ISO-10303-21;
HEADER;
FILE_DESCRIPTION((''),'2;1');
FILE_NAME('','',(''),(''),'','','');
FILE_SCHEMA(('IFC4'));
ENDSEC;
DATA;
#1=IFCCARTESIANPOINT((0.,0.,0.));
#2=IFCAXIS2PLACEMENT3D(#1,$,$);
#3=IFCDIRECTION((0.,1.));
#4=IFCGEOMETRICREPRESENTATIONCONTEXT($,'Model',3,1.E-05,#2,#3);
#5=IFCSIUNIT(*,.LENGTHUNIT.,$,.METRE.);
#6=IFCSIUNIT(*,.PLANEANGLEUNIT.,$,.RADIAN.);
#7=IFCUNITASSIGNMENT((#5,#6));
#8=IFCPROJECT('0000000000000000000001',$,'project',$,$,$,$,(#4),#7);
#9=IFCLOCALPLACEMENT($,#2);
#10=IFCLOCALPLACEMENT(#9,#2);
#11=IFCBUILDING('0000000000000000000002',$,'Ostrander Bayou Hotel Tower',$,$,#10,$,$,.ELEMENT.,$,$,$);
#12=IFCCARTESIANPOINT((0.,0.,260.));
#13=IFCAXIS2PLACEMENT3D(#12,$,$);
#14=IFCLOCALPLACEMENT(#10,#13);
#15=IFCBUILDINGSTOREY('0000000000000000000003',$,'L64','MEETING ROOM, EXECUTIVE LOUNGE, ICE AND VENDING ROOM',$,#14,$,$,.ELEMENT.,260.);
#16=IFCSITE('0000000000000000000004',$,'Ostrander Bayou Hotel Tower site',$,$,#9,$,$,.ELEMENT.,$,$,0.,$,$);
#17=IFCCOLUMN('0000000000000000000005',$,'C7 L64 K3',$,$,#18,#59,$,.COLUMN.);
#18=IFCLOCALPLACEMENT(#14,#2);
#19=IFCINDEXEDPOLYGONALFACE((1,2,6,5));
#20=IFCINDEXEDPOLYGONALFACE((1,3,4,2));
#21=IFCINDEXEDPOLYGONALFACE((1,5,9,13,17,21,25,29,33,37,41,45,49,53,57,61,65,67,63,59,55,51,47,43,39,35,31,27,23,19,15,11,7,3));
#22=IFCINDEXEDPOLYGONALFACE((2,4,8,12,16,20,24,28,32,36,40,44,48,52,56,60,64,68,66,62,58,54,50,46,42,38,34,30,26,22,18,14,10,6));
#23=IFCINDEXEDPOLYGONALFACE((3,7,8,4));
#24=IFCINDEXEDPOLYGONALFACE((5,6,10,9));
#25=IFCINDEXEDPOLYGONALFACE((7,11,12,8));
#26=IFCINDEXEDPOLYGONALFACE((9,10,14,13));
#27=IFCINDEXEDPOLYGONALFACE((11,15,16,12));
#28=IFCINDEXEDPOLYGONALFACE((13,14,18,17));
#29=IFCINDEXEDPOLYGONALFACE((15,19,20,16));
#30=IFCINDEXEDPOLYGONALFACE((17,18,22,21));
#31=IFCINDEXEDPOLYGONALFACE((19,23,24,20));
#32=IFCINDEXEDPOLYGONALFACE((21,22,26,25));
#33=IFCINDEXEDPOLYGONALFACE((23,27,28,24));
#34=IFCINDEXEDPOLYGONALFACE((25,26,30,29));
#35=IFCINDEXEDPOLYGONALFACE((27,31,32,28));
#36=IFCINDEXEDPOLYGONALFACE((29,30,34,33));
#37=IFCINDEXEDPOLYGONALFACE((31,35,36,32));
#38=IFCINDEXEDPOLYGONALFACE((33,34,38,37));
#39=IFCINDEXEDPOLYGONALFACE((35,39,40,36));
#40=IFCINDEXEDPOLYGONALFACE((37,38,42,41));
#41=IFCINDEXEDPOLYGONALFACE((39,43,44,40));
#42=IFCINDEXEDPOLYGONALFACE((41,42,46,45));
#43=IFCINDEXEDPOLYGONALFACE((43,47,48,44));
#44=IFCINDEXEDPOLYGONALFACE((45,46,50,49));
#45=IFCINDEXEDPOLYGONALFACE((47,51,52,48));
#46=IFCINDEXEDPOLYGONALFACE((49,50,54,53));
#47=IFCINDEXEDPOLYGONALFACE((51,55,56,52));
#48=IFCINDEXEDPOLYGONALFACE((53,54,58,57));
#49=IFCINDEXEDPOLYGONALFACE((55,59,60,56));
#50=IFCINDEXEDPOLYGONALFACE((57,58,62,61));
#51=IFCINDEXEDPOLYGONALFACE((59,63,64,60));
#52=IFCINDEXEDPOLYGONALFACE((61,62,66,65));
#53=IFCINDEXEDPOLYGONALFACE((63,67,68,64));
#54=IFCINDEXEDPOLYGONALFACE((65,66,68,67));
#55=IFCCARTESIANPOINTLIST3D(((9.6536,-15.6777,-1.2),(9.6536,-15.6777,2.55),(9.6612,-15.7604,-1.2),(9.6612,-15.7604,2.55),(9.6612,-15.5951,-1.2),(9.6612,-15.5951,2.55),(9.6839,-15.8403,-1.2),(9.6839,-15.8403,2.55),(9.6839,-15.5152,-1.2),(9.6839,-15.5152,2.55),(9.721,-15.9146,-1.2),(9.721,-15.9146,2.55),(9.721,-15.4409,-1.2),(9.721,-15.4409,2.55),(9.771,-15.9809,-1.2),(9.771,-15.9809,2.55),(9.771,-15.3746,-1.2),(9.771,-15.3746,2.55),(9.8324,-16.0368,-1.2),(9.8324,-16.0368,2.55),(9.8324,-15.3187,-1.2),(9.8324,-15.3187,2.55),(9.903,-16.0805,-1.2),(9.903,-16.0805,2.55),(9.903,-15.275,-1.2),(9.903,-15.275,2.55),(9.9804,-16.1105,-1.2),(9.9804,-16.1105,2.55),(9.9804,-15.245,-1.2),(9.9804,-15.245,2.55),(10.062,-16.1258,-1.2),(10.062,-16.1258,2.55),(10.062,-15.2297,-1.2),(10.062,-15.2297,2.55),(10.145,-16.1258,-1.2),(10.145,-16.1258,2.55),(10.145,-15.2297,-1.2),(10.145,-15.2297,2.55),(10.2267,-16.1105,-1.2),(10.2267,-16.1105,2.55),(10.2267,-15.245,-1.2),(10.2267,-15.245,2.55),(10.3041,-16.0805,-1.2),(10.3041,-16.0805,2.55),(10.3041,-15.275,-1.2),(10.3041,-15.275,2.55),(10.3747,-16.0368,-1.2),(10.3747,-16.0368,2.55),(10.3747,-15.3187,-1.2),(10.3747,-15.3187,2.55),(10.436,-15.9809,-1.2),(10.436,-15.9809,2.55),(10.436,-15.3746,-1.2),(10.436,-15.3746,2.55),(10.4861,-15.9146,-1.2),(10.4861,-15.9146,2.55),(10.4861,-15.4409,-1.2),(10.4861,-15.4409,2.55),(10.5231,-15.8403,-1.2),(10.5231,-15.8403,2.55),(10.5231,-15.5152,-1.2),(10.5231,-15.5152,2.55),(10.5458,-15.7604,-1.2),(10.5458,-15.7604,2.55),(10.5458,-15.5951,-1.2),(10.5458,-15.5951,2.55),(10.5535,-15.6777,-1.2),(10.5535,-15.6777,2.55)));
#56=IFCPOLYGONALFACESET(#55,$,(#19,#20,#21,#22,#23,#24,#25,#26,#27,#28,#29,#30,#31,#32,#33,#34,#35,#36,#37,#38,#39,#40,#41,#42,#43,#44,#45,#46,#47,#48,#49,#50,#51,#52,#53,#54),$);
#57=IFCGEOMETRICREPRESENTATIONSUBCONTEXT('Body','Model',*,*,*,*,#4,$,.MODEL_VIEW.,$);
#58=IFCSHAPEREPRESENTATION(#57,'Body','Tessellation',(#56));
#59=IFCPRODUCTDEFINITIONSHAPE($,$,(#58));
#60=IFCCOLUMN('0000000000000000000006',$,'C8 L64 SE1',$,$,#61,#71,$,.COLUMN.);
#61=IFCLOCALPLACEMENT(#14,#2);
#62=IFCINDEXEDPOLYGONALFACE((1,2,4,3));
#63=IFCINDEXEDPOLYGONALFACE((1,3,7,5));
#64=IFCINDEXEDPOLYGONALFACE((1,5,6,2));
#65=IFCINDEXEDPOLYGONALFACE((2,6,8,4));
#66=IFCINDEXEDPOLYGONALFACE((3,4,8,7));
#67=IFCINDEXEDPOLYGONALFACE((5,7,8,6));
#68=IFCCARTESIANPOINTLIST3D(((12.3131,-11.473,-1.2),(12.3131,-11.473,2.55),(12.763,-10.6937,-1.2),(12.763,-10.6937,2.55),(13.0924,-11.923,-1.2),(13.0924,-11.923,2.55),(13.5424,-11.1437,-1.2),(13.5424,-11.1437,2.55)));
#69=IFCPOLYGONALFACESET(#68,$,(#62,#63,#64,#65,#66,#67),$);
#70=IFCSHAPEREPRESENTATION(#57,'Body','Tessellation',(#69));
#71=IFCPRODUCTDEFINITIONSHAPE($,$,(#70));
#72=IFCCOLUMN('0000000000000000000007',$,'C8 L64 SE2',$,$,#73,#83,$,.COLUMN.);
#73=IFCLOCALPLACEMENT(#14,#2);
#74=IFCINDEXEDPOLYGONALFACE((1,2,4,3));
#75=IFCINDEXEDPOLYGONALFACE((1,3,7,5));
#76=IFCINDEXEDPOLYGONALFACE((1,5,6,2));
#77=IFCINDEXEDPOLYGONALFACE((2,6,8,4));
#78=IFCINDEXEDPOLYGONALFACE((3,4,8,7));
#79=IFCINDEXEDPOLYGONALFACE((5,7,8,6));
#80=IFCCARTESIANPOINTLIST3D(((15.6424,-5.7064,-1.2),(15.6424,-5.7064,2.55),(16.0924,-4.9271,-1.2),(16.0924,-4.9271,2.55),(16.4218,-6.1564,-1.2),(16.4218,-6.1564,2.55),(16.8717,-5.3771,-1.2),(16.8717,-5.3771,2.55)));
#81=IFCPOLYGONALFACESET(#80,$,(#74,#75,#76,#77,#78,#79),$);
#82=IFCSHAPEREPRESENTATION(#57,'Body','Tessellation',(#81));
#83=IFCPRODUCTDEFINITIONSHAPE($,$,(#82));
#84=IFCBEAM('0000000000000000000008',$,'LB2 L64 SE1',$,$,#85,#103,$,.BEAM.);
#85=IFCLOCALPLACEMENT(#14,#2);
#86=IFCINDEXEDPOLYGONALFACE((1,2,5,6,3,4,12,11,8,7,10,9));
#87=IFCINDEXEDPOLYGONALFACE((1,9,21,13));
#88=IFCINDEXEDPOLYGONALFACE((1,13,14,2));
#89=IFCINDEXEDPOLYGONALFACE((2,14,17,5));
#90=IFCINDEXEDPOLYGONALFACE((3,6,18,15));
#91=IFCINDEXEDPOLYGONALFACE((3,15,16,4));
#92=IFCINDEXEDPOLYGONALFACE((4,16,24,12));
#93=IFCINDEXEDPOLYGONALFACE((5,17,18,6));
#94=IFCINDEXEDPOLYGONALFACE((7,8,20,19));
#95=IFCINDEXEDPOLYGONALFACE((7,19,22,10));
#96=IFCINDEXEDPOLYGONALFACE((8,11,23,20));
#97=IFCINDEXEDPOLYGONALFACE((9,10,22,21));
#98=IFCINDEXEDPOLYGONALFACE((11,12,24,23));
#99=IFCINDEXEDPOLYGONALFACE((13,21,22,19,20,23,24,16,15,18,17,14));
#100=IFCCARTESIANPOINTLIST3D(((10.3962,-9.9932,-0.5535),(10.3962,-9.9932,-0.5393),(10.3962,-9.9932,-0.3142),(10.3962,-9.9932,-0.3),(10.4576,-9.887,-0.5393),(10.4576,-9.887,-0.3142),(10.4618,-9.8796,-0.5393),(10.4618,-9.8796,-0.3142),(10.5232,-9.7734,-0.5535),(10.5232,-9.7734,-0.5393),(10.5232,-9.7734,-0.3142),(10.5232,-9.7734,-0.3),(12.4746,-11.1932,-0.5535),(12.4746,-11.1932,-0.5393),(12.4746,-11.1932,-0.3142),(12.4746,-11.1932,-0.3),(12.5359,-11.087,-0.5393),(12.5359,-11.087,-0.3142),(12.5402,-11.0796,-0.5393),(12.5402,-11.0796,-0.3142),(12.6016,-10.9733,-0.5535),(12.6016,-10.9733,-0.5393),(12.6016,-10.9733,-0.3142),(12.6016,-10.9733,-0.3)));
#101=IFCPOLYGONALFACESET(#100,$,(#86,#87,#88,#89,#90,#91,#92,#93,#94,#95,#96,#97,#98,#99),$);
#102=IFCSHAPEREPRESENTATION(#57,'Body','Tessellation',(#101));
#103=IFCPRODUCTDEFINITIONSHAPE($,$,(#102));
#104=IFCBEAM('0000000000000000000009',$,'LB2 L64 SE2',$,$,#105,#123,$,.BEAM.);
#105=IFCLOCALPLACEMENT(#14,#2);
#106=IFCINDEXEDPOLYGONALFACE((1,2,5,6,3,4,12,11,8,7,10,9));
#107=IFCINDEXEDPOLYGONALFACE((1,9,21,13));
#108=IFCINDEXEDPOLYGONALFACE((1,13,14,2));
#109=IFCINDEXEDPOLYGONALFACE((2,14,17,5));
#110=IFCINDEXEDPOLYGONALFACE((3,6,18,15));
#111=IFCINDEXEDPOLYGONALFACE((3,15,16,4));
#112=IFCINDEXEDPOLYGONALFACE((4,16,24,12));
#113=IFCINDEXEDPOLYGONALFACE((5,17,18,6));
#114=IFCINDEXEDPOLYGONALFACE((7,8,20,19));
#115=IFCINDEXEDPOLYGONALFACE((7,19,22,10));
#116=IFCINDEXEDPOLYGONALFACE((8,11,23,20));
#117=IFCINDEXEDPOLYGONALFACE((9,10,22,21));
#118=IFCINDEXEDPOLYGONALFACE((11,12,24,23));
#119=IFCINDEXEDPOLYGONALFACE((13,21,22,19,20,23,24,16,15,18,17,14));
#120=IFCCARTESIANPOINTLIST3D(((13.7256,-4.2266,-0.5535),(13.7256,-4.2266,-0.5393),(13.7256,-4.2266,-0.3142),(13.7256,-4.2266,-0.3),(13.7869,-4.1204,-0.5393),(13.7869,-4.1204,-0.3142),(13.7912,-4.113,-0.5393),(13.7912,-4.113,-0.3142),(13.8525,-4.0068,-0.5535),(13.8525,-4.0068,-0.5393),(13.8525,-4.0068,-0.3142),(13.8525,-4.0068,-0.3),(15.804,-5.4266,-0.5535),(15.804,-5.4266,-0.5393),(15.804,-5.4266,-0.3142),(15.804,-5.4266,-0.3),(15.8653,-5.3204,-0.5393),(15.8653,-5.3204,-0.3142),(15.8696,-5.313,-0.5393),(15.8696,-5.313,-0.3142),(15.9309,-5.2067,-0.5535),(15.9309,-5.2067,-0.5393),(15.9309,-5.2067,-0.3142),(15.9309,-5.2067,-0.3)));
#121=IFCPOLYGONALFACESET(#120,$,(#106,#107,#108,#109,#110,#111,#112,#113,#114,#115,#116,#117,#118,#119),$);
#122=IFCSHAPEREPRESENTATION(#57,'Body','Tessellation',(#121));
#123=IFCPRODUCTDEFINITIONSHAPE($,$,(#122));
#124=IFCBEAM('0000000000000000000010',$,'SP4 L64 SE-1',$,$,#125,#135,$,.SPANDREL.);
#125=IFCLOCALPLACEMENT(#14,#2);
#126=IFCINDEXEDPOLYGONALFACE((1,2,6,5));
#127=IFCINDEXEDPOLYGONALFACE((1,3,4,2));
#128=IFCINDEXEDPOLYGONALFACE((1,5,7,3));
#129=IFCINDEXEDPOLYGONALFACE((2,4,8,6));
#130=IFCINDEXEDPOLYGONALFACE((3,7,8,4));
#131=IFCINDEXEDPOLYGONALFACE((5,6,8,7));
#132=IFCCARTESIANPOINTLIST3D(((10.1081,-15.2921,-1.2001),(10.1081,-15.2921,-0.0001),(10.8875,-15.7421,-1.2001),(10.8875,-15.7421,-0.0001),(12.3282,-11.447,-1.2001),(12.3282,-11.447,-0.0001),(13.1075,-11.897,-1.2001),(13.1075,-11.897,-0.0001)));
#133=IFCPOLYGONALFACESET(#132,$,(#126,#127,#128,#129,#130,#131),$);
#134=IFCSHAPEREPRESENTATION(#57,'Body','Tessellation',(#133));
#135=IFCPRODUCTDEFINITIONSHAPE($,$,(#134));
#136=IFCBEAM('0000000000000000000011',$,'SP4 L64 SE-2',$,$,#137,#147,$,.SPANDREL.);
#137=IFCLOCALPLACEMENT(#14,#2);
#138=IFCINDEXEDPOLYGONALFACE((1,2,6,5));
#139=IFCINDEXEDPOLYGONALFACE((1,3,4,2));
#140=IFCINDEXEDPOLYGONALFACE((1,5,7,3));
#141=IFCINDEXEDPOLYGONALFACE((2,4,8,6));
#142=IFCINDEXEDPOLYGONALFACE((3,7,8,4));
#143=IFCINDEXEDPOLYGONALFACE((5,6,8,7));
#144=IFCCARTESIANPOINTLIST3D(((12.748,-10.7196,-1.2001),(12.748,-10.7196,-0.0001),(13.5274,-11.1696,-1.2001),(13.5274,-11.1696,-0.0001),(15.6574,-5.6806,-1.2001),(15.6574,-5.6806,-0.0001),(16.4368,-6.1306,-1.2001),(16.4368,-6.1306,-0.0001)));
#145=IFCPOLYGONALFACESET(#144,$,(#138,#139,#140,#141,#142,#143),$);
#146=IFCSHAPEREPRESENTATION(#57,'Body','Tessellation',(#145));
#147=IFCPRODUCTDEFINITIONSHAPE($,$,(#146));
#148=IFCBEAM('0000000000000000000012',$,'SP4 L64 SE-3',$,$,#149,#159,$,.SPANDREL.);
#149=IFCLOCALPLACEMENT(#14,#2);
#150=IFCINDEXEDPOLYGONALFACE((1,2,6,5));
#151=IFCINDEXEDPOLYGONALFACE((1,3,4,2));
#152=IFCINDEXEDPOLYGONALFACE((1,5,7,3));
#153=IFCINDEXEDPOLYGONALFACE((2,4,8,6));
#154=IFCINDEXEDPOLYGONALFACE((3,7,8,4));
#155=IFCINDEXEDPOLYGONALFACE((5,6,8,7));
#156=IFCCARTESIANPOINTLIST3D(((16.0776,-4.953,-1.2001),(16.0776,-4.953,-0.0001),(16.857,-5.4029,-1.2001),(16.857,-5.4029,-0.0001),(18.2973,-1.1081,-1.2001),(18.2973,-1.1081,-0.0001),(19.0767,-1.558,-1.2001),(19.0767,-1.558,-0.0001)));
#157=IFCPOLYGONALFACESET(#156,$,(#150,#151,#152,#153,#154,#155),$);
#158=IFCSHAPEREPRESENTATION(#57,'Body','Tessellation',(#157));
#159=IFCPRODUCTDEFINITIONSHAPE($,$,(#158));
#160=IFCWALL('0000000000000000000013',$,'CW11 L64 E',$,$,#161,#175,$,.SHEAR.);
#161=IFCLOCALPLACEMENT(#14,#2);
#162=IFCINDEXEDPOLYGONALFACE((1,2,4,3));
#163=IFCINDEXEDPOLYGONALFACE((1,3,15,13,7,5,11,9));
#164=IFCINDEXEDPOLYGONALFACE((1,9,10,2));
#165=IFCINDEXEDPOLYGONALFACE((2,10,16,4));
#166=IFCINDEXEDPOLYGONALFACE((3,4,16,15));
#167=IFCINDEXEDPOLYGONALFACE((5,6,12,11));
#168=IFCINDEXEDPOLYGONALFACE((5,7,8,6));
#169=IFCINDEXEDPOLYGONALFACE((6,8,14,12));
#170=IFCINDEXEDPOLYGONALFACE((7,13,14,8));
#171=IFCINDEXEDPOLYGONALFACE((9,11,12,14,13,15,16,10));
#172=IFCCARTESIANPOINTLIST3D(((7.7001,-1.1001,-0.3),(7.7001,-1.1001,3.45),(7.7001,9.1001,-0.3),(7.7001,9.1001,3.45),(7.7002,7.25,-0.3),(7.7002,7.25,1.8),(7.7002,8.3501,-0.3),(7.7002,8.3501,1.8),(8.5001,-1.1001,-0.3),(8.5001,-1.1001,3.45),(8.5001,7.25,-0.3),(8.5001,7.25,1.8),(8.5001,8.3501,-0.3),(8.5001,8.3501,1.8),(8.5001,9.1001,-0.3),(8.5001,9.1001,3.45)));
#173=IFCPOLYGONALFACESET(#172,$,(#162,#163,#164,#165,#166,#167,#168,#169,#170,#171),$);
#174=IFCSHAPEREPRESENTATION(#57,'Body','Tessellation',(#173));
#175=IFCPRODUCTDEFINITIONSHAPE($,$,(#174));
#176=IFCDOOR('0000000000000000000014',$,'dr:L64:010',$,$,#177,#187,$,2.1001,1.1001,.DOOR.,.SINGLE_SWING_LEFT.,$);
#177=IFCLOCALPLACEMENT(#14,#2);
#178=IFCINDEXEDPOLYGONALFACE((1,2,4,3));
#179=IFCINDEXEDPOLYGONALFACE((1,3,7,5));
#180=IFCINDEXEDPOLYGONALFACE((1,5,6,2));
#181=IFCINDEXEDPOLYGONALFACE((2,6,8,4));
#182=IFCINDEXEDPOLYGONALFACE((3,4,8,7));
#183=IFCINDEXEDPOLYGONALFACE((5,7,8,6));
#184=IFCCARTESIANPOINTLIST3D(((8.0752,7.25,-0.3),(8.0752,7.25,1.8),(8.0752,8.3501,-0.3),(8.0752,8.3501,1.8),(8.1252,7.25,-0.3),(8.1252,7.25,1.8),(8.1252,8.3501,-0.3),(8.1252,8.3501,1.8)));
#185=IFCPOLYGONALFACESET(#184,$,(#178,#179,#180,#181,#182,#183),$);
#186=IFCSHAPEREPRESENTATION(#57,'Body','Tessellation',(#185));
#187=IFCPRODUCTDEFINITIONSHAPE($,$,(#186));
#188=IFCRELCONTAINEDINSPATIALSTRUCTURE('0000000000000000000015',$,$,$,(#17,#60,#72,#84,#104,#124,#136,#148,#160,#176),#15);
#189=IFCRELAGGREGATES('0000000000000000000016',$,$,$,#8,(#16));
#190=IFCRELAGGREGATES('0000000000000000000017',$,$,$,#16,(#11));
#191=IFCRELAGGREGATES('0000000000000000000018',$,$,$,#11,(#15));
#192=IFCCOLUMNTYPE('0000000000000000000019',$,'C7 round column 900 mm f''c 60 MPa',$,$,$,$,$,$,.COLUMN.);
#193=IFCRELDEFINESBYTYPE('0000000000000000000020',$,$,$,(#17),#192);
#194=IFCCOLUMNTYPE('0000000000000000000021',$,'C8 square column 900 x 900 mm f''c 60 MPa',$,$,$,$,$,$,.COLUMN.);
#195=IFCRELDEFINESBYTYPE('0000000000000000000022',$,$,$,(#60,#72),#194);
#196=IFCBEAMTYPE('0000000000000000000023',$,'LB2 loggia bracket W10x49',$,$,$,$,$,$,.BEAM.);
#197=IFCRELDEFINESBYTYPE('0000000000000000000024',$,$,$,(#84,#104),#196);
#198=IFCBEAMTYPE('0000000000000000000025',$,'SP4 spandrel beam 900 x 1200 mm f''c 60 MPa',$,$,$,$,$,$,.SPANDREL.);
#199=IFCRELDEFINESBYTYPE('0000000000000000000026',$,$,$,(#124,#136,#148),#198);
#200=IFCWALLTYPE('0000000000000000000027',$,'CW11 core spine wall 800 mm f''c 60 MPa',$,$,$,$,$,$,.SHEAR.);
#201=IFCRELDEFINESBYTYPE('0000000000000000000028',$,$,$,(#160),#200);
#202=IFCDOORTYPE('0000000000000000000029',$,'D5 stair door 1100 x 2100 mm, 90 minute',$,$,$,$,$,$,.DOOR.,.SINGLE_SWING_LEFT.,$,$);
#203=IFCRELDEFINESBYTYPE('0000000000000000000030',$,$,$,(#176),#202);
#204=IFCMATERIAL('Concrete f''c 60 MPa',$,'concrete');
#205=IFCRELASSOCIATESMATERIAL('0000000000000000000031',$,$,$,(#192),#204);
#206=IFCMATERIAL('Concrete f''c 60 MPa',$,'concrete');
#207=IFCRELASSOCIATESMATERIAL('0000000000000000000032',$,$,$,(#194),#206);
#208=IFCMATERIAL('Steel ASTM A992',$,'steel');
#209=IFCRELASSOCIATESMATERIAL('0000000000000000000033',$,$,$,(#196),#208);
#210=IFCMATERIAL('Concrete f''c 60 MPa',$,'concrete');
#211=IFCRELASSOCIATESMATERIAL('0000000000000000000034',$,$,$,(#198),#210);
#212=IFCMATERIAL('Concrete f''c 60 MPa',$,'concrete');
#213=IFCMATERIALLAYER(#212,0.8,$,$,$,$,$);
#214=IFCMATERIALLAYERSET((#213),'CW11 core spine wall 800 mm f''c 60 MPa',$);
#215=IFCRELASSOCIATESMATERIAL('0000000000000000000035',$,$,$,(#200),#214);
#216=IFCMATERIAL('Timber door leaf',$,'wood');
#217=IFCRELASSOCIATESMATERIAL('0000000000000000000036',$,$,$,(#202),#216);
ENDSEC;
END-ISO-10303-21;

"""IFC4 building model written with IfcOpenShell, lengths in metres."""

from ifc_helpers import new_model, si_unit, direction, frame, frame_2d, origin, origin_2d, place, context, subcontext, project, spatial, rectangle, circle, i_section, extrude, material, layer, layer_set, material_profile, profile_set, type_object, element, fill, save


model = new_model("IFC4")

# Units and contexts
model_context = context("Model", 3, precision=1e-05, world=origin(), true_north=direction((0.0, 1.0)))
body_context = subcontext(model_context, "Body", "Model", "MODEL_VIEW")
ifc_project = project(units=[si_unit("LENGTHUNIT", "METRE"), si_unit("PLANEANGLEUNIT", "RADIAN")], contexts=[model_context])

# Site, building, storey
site_placement = place(None, origin())
site = spatial("IfcSite", under=ifc_project, at=site_placement, Name="Ostrander Bayou Hotel Tower site", CompositionType="ELEMENT", RefElevation=0.0)
building_placement = place(site_placement, origin())
building = spatial("IfcBuilding", under=site, at=building_placement, Name="Ostrander Bayou Hotel Tower", CompositionType="ELEMENT")
storey_placement = place(building_placement, frame((0.0, 0.0, 260.0)))
storey = spatial("IfcBuildingStorey", under=building, at=storey_placement, Name="L64", Description="MEETING ROOM, EXECUTIVE LOUNGE, ICE AND VENDING ROOM", CompositionType="ELEMENT", Elevation=260.0)

# Columns
ifc_material_1 = material(Name="Concrete f'c 60 MPa", Category="concrete")
ifc_material_profile_1 = material_profile(ifc_material_1, circle(Radius=0.45, at=origin_2d()))
ifc_profile_set_1 = profile_set([ifc_material_profile_1], Name="Concrete f'c 60 MPa")
column_type_1 = type_object("IfcColumnType", Name="C7 round column 900 mm f'c 60 MPa", PredefinedType="COLUMN", material=ifc_profile_set_1)
column_placement = place(storey_placement, frame((10.1035, -15.6777, -1.2), z_axis=(0.0, 0.0, 1.0), x_axis=(1.0, 0.0, 0.0)))
element("IfcColumn", 1, at=column_placement, inside=storey, type_object=column_type_1, Name="C7 L64 K3", PredefinedType="COLUMN", context=body_context, shape_type="SweptSolid", body=[
    extrude(circle(Radius=0.45, at=origin_2d()), origin(), (0.0, 0.0, 1.0), 3.75),
])
ifc_material_2 = material(Name="Concrete f'c 60 MPa", Category="concrete")
ifc_material_profile_2 = material_profile(ifc_material_2, rectangle(XDim=0.8999, YDim=0.8999, at=origin_2d()))
ifc_profile_set_2 = profile_set([ifc_material_profile_2], Name="Concrete f'c 60 MPa")
column_type_2 = type_object("IfcColumnType", Name="C8 square column 900 x 900 mm f'c 60 MPa", PredefinedType="COLUMN", material=ifc_profile_set_2)
for number, where, z_axis, x_axis, name in (
    (2, (12.9277, -11.3083, -1.2), (0.0, 0.0, 1.0), (-0.5, -0.866025, 0.0), "C8 L64 SE1"),
    (3, (16.2571, -5.5417, -1.2), (0.0, 0.0, 1.0), (-0.5, -0.866025, 0.0), "C8 L64 SE2"),
):
    element("IfcColumn", number, at=place(storey_placement, frame(where, z_axis=z_axis, x_axis=x_axis)), inside=storey, type_object=column_type_2, Name=name, PredefinedType="COLUMN", context=body_context, shape_type="SweptSolid", body=[
        extrude(rectangle(XDim=0.8999, YDim=0.8999, at=origin_2d()), origin(), (0.0, 0.0, 1.0), 3.75),
    ])

# Beams
ifc_material_3 = material(Name="Steel ASTM A992", Category="steel")
ifc_material_profile_3 = material_profile(ifc_material_3, i_section(OverallWidth=0.2539, OverallDepth=0.2534, WebThickness=0.0085, FlangeThickness=0.0142, at=origin_2d()))
ifc_profile_set_3 = profile_set([ifc_material_profile_3], Name="Steel ASTM A992")
beam_type_1 = type_object("IfcBeamType", Name="LB2 loggia bracket W10x49", PredefinedType="BEAM", material=ifc_profile_set_3)
for number, where, z_axis, x_axis, name in (
    (4, (12.5381, -11.0833, -0.4268), (-0.866025, 0.500001, 0.0), (-0.500001, -0.866025, 0.0), "LB2 L64 SE1"),
    (5, (15.8674, -5.3167, -0.4268), (-0.866025, 0.500001, 0.0), (-0.500001, -0.866025, 0.0), "LB2 L64 SE2"),
):
    element("IfcBeam", number, at=place(storey_placement, frame(where, z_axis=z_axis, x_axis=x_axis)), inside=storey, type_object=beam_type_1, Name=name, PredefinedType="BEAM", context=body_context, shape_type="SweptSolid", body=[
        extrude(i_section(OverallWidth=0.2539, OverallDepth=0.2534, WebThickness=0.0085, FlangeThickness=0.0142, at=origin_2d()), origin(), (0.0, 0.0, 1.0), 2.3999),
    ])
ifc_material_4 = material(Name="Concrete f'c 60 MPa", Category="concrete")
ifc_material_profile_4 = material_profile(ifc_material_4, rectangle(XDim=0.8999, YDim=1.2, at=origin_2d()))
ifc_profile_set_4 = profile_set([ifc_material_profile_4], Name="Concrete f'c 60 MPa")
beam_type_2 = type_object("IfcBeamType", Name="SP4 spandrel beam 900 x 1200 mm f'c 60 MPa", PredefinedType="SPANDREL", material=ifc_profile_set_4)
beam_1_placement = place(storey_placement, frame((10.4978, -15.5171, -0.6001), z_axis=(0.500013, 0.866018, 0.0), x_axis=(-0.866018, 0.500013, 0.0)))
element("IfcBeam", 6, at=beam_1_placement, inside=storey, type_object=beam_type_2, Name="SP4 L64 SE-1", PredefinedType="SPANDREL", context=body_context, shape_type="SweptSolid", body=[
    extrude(rectangle(XDim=0.8999, YDim=1.2, at=origin_2d()), origin(), (0.0, 0.0, 1.0), 4.4399),
])
beam_2_placement = place(storey_placement, frame((13.1377, -10.9446, -0.6001), z_axis=(0.500015, 0.866016, 0.0), x_axis=(-0.866016, 0.500015, 0.0)))
element("IfcBeam", 7, at=beam_2_placement, inside=storey, type_object=beam_type_2, Name="SP4 L64 SE-2", PredefinedType="SPANDREL", context=body_context, shape_type="SweptSolid", body=[
    extrude(rectangle(XDim=0.8999, YDim=1.2, at=origin_2d()), origin(), (0.0, 0.0, 1.0), 5.8186),
])
beam_3_placement = place(storey_placement, frame((16.4673, -5.178, -0.6001), z_axis=(0.499972, 0.866042, 0.0), x_axis=(-0.866042, 0.499972, 0.0)))
element("IfcBeam", 8, at=beam_3_placement, inside=storey, type_object=beam_type_2, Name="SP4 L64 SE-3", PredefinedType="SPANDREL", context=body_context, shape_type="SweptSolid", body=[
    extrude(rectangle(XDim=0.8999, YDim=1.2, at=origin_2d()), origin(), (0.0, 0.0, 1.0), 4.4397),
])

# Wall, opening, door
ifc_material_5 = material(Name="Concrete f'c 60 MPa", Category="concrete")
ifc_layer_1 = layer(ifc_material_5, 0.8)
ifc_layer_set_1 = layer_set([ifc_layer_1], Name="CW11 core spine wall 800 mm f'c 60 MPa")
wall_type_1 = type_object("IfcWallType", Name="CW11 core spine wall 800 mm f'c 60 MPa", PredefinedType="SHEAR", material=ifc_layer_set_1)
wall_1_placement = place(storey_placement, frame((8.1001, -1.1001, -0.3), z_axis=(0.0, 0.0, 1.0), x_axis=(0.0, 1.0, 0.0)))
wall_1 = element("IfcWall", 9, at=wall_1_placement, inside=storey, type_object=wall_type_1, Name="CW11 L64 E", PredefinedType="SHEAR", context=body_context, shape_type="SweptSolid", body=[
    extrude(rectangle(XDim=10.2002, YDim=0.8, at=frame_2d((5.1001, 0.0))), origin(), (0.0, 0.0, 1.0), 3.75),
])
opening_1_placement = place(wall_1_placement, frame((8.3501, 0.0, 0.0)))
opening_1 = element("IfcOpeningElement", 10, at=opening_1_placement, cuts=wall_1, PredefinedType="OPENING", context=body_context, shape_type="SweptSolid", body=[
    extrude(rectangle(XDim=1.1001, YDim=2.1001, at=frame_2d((0.55, 1.05))), frame((0.0, 0.3999, 0.0), z_axis=(0.0, -1.0, 0.0), x_axis=(1.0, 0.0, 0.0)), (0.0, 0.0, 1.0), 0.8),
])
ifc_material_6 = material(Name="Timber door leaf", Category="wood")
door_type_1 = type_object("IfcDoorType", Name="D5 stair door 1100 x 2100 mm, 90 minute", OperationType="SINGLE_SWING_LEFT", PredefinedType="DOOR", material=ifc_material_6)
door_1_placement = place(opening_1_placement, origin())
door_1 = element("IfcDoor", 11, at=door_1_placement, inside=storey, type_object=door_type_1, Name="dr:L64:010", OperationType="SINGLE_SWING_LEFT", OverallHeight=2.1001, OverallWidth=1.1001, PredefinedType="DOOR", context=body_context, shape_type="SweptSolid", body=[
    extrude(rectangle(XDim=1.1001, YDim=2.1001, at=frame_2d((0.55, 1.05))), frame((0.0, 0.0249, 0.0), z_axis=(0.0, -1.0, 0.0), x_axis=(1.0, 0.0, 0.0)), (0.0, 0.0, 1.0), 0.05),
])
fill(opening_1, door_1)

save(model, "model.ifc")
